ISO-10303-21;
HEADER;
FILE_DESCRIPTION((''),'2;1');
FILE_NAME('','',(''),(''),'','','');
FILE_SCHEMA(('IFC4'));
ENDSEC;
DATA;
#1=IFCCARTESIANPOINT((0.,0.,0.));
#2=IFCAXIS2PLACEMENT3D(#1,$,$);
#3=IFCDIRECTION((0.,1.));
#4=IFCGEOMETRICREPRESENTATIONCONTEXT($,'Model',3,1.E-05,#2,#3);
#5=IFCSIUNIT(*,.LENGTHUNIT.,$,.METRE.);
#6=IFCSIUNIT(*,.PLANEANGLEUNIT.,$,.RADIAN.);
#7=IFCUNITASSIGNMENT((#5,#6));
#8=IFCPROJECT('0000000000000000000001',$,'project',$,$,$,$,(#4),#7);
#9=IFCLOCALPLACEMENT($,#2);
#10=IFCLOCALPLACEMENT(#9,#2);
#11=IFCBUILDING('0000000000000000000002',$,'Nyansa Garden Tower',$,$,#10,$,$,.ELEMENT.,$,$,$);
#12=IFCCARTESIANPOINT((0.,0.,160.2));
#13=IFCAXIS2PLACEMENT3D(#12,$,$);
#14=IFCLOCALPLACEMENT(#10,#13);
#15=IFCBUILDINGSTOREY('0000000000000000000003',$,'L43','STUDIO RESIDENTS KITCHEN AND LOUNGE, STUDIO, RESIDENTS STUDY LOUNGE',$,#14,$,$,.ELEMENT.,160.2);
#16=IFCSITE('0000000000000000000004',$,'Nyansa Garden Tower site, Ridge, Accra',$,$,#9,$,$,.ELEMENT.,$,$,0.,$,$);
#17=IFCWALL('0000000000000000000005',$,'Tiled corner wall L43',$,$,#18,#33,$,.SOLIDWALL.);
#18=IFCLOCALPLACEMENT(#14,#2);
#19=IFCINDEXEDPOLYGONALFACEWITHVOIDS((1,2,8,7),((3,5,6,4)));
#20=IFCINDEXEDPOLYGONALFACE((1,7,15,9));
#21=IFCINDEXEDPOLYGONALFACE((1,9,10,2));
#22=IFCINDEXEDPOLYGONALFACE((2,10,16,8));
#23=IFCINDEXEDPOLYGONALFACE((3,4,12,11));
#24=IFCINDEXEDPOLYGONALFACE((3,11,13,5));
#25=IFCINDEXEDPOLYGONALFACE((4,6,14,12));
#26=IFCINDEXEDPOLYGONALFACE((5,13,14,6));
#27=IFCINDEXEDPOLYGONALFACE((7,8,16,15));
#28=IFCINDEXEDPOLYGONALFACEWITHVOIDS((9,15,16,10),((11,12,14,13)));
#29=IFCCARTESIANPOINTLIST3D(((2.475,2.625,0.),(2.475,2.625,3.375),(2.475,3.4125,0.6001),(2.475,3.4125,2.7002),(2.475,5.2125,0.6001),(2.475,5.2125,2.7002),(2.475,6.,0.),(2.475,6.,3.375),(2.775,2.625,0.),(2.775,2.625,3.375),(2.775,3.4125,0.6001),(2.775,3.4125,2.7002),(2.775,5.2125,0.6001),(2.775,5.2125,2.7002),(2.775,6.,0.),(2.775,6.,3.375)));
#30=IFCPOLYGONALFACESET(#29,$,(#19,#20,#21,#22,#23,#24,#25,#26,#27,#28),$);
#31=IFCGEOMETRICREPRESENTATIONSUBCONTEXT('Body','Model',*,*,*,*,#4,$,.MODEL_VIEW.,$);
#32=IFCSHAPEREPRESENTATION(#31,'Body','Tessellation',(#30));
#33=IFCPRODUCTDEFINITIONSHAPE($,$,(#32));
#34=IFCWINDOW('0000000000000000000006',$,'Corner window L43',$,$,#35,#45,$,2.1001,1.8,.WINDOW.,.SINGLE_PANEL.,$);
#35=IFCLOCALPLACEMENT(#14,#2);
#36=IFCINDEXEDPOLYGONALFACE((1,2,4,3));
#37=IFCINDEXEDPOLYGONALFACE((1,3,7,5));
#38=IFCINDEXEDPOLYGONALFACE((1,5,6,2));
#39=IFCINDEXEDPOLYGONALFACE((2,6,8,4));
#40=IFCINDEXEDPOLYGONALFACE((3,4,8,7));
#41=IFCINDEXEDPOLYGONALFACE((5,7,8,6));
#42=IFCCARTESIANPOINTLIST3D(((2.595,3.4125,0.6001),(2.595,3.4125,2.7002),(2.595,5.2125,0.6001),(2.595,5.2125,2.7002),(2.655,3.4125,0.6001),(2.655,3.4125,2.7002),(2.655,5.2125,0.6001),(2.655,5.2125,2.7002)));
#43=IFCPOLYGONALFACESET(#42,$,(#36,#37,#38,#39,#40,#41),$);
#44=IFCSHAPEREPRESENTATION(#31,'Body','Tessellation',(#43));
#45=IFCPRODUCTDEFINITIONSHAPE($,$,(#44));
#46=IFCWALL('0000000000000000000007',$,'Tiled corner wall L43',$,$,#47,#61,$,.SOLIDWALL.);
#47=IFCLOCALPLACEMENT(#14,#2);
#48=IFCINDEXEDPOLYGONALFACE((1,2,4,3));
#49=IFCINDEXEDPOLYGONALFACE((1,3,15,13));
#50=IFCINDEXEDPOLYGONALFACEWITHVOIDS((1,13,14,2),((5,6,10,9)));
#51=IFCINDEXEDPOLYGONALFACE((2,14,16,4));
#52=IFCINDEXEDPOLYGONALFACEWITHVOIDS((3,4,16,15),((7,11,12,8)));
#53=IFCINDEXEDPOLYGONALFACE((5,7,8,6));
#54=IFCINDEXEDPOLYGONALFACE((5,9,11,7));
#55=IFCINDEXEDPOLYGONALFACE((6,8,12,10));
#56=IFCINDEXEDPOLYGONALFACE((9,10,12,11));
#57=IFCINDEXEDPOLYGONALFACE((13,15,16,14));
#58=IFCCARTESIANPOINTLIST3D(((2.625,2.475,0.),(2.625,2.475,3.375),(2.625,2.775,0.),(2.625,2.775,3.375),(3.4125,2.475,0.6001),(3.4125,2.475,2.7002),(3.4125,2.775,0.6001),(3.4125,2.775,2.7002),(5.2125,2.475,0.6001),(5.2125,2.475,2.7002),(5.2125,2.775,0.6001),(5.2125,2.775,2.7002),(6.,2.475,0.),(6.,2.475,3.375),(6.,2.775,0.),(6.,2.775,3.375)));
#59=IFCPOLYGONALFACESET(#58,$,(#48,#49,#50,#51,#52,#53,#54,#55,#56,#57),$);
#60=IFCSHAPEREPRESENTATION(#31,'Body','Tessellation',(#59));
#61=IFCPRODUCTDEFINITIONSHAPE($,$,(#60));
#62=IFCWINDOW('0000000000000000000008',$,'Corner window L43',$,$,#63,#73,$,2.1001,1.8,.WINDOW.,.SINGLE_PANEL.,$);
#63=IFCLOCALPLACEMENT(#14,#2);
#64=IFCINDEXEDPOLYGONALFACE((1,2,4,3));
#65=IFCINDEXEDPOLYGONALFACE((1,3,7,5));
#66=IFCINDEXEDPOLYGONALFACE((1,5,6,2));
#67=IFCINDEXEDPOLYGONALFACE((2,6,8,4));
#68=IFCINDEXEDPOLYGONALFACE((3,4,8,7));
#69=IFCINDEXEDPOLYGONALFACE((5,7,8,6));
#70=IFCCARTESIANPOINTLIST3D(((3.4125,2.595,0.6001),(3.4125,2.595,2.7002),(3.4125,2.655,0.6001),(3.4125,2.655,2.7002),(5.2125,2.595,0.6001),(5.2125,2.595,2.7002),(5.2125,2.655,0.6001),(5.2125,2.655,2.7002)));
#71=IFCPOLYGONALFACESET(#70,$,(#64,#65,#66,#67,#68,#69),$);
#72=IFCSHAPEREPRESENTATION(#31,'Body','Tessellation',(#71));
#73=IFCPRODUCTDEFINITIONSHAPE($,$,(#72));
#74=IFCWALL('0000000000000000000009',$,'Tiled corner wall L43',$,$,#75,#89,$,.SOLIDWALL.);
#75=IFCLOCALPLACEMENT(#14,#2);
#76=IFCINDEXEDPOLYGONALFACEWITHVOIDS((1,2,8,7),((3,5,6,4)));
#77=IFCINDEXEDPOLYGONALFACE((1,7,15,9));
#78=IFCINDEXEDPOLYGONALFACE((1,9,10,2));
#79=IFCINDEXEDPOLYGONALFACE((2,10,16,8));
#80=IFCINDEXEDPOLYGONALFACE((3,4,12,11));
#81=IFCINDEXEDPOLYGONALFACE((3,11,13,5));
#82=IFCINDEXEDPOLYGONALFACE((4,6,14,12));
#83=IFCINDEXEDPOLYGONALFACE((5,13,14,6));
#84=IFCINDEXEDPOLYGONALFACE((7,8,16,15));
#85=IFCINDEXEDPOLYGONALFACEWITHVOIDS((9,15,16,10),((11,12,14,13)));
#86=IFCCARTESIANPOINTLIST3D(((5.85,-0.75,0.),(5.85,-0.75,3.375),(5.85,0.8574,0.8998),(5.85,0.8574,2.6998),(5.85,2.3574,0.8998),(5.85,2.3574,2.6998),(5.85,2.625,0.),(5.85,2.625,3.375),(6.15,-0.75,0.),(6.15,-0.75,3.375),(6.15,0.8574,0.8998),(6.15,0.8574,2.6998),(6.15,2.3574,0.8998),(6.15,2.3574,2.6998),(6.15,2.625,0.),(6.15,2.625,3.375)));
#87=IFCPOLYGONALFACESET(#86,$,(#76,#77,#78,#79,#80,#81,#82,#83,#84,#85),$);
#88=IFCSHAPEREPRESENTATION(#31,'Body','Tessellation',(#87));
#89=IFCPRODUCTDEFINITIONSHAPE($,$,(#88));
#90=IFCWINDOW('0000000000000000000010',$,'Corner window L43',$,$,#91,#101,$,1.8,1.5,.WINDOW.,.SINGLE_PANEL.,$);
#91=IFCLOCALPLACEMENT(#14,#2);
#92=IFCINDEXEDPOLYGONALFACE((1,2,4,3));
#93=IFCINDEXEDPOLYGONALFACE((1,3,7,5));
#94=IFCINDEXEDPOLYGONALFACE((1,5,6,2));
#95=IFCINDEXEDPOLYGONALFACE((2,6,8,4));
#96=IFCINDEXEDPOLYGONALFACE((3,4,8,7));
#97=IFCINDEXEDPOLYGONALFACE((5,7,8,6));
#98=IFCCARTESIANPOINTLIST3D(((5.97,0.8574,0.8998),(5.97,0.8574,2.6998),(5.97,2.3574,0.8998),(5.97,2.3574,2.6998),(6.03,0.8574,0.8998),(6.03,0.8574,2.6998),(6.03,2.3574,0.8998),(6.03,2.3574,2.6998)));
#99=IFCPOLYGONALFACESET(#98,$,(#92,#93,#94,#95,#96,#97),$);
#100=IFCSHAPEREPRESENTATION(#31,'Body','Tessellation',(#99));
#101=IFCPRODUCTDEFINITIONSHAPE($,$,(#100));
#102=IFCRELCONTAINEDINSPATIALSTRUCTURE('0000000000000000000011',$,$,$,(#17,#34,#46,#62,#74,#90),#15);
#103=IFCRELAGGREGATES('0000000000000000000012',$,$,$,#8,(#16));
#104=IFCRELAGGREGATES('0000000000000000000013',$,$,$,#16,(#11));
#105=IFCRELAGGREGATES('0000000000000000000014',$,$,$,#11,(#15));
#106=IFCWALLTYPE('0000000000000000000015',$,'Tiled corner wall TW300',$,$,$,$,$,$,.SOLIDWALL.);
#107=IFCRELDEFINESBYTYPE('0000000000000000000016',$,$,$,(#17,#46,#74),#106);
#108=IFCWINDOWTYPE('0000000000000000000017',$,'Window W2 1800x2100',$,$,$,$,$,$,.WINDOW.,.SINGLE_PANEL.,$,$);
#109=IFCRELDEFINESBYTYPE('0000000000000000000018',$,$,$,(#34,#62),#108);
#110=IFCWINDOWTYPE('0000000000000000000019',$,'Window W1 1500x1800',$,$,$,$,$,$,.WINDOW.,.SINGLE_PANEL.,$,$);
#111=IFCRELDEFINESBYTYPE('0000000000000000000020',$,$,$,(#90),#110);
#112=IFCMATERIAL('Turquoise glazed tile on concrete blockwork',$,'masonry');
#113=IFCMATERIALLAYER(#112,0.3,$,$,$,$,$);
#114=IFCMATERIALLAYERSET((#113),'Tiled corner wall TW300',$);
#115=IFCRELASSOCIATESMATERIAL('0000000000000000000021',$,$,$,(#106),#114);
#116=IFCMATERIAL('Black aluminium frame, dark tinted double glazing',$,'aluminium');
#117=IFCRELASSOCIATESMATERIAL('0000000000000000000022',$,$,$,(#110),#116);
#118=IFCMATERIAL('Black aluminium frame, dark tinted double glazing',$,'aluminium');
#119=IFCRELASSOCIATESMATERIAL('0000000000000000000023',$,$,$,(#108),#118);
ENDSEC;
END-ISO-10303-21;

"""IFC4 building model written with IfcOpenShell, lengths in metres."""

from ifc_helpers import new_model, si_unit, direction, frame, frame_2d, origin, place, context, subcontext, project, spatial, rectangle, extrude, material, layer, layer_set, type_object, element, fill, save


model = new_model("IFC4")

# Units and contexts
model_context = context("Model", 3, precision=1e-05, world=origin(), true_north=direction((0.0, 1.0)))
body_context = subcontext(model_context, "Body", "Model", "MODEL_VIEW")
ifc_project = project(units=[si_unit("LENGTHUNIT", "METRE"), si_unit("PLANEANGLEUNIT", "RADIAN")], contexts=[model_context])

# Site, building, storey
site_placement = place(None, origin())
site = spatial("IfcSite", under=ifc_project, at=site_placement, Name="Nyansa Garden Tower site, Ridge, Accra", CompositionType="ELEMENT", RefElevation=0.0)
building_placement = place(site_placement, origin())
building = spatial("IfcBuilding", under=site, at=building_placement, Name="Nyansa Garden Tower", CompositionType="ELEMENT")
storey_placement = place(building_placement, frame((0.0, 0.0, 160.2)))
storey = spatial("IfcBuildingStorey", under=building, at=storey_placement, Name="L43", Description="STUDIO RESIDENTS KITCHEN AND LOUNGE, STUDIO, RESIDENTS STUDY LOUNGE", CompositionType="ELEMENT", Elevation=160.2)

# Walls, openings, windows
ifc_material_1 = material(Name="Turquoise glazed tile on concrete blockwork", Category="masonry")
ifc_layer_1 = layer(ifc_material_1, 0.3)
ifc_layer_set_1 = layer_set([ifc_layer_1], Name="Tiled corner wall TW300")
wall_type = type_object("IfcWallType", Name="Tiled corner wall TW300", PredefinedType="SOLIDWALL", material=ifc_layer_set_1)
ifc_material_2 = material(Name="Black aluminium frame, dark tinted double glazing", Category="aluminium")
window_type_1 = type_object("IfcWindowType", Name="Window W1 1500x1800", PartitioningType="SINGLE_PANEL", PredefinedType="WINDOW", material=ifc_material_2)
wall_1_placement = place(storey_placement, frame((2.625, 6.0, 0.0), z_axis=(0.0, 0.0, 1.0), x_axis=(0.0, -1.0, 0.0)))
wall_1 = element("IfcWall", 1, at=wall_1_placement, inside=storey, type_object=wall_type, Name="Tiled corner wall L43", PredefinedType="SOLIDWALL", context=body_context, shape_type="SweptSolid", body=[
    extrude(rectangle(XDim=3.375, YDim=0.3, at=frame_2d((1.6875, 0.0))), origin(), (0.0, 0.0, 1.0), 3.375),
])
opening_1_placement = place(wall_1_placement, frame((0.7876, 0.0, 0.6001)))
opening_1 = element("IfcOpeningElement", 2, at=opening_1_placement, cuts=wall_1, PredefinedType="OPENING", context=body_context, shape_type="SweptSolid", body=[
    extrude(rectangle(XDim=1.8, YDim=2.1001, at=frame_2d((0.8999, 1.05))), frame((0.0, 0.1599, 0.0), z_axis=(0.0, -1.0, 0.0), x_axis=(1.0, 0.0, 0.0)), (0.0, 0.0, 1.0), 0.3201),
])
ifc_material_3 = material(Name="Black aluminium frame, dark tinted double glazing", Category="aluminium")
window_type_2 = type_object("IfcWindowType", Name="Window W2 1800x2100", PartitioningType="SINGLE_PANEL", PredefinedType="WINDOW", material=ifc_material_3)
window_1_placement = place(opening_1_placement, origin())
window_1 = element("IfcWindow", 3, at=window_1_placement, inside=storey, type_object=window_type_2, Name="Corner window L43", OverallHeight=2.1001, OverallWidth=1.8, PartitioningType="SINGLE_PANEL", PredefinedType="WINDOW", context=body_context, shape_type="SweptSolid", body=[
    extrude(rectangle(XDim=1.8, YDim=2.1001, at=frame_2d((0.8999, 1.05))), frame((0.0, 0.03, 0.0), z_axis=(0.0, -1.0, 0.0), x_axis=(1.0, 0.0, 0.0)), (0.0, 0.0, 1.0), 0.0601),
])
fill(opening_1, window_1)
wall_2_placement = place(storey_placement, frame((2.625, 2.625, 0.0), z_axis=(0.0, 0.0, 1.0), x_axis=(1.0, 0.0, 0.0)))
wall_2 = element("IfcWall", 4, at=wall_2_placement, inside=storey, type_object=wall_type, Name="Tiled corner wall L43", PredefinedType="SOLIDWALL", context=body_context, shape_type="SweptSolid", body=[
    extrude(rectangle(XDim=3.375, YDim=0.3, at=frame_2d((1.6875, 0.0))), origin(), (0.0, 0.0, 1.0), 3.375),
])
opening_2_placement = place(wall_2_placement, frame((0.7876, 0.0, 0.6001)))
opening_2 = element("IfcOpeningElement", 5, at=opening_2_placement, cuts=wall_2, PredefinedType="OPENING", context=body_context, shape_type="SweptSolid", body=[
    extrude(rectangle(XDim=1.8, YDim=2.1001, at=frame_2d((0.8999, 1.05))), frame((0.0, 0.1599, 0.0), z_axis=(0.0, -1.0, 0.0), x_axis=(1.0, 0.0, 0.0)), (0.0, 0.0, 1.0), 0.3201),
])
window_2_placement = place(opening_2_placement, origin())
window_2 = element("IfcWindow", 6, at=window_2_placement, inside=storey, type_object=window_type_2, Name="Corner window L43", OverallHeight=2.1001, OverallWidth=1.8, PartitioningType="SINGLE_PANEL", PredefinedType="WINDOW", context=body_context, shape_type="SweptSolid", body=[
    extrude(rectangle(XDim=1.8, YDim=2.1001, at=frame_2d((0.8999, 1.05))), frame((0.0, 0.03, 0.0), z_axis=(0.0, -1.0, 0.0), x_axis=(1.0, 0.0, 0.0)), (0.0, 0.0, 1.0), 0.0601),
])
fill(opening_2, window_2)
wall_3_placement = place(storey_placement, frame((6.0, 2.625, 0.0), z_axis=(0.0, 0.0, 1.0), x_axis=(0.0, -1.0, 0.0)))
wall_3 = element("IfcWall", 7, at=wall_3_placement, inside=storey, type_object=wall_type, Name="Tiled corner wall L43", PredefinedType="SOLIDWALL", context=body_context, shape_type="SweptSolid", body=[
    extrude(rectangle(XDim=3.375, YDim=0.3, at=frame_2d((1.6875, 0.0))), origin(), (0.0, 0.0, 1.0), 3.375),
])
opening_3_placement = place(wall_3_placement, frame((0.2676, 0.0, 0.8999)))
opening_3 = element("IfcOpeningElement", 8, at=opening_3_placement, cuts=wall_3, PredefinedType="OPENING", context=body_context, shape_type="SweptSolid", body=[
    extrude(rectangle(XDim=1.5, YDim=1.8, at=frame_2d((0.75, 0.8999))), frame((0.0, 0.1599, 0.0), z_axis=(0.0, -1.0, 0.0), x_axis=(1.0, 0.0, 0.0)), (0.0, 0.0, 1.0), 0.3201),
])
window_3_placement = place(opening_3_placement, origin())
window_3 = element("IfcWindow", 9, at=window_3_placement, inside=storey, type_object=window_type_1, Name="Corner window L43", OverallHeight=1.8, OverallWidth=1.5, PartitioningType="SINGLE_PANEL", PredefinedType="WINDOW", context=body_context, shape_type="SweptSolid", body=[
    extrude(rectangle(XDim=1.5, YDim=1.8, at=frame_2d((0.75, 0.8999))), frame((0.0, 0.03, 0.0), z_axis=(0.0, -1.0, 0.0), x_axis=(1.0, 0.0, 0.0)), (0.0, 0.0, 1.0), 0.0601),
])
fill(opening_3, window_3)

save(model, "model.ifc")
